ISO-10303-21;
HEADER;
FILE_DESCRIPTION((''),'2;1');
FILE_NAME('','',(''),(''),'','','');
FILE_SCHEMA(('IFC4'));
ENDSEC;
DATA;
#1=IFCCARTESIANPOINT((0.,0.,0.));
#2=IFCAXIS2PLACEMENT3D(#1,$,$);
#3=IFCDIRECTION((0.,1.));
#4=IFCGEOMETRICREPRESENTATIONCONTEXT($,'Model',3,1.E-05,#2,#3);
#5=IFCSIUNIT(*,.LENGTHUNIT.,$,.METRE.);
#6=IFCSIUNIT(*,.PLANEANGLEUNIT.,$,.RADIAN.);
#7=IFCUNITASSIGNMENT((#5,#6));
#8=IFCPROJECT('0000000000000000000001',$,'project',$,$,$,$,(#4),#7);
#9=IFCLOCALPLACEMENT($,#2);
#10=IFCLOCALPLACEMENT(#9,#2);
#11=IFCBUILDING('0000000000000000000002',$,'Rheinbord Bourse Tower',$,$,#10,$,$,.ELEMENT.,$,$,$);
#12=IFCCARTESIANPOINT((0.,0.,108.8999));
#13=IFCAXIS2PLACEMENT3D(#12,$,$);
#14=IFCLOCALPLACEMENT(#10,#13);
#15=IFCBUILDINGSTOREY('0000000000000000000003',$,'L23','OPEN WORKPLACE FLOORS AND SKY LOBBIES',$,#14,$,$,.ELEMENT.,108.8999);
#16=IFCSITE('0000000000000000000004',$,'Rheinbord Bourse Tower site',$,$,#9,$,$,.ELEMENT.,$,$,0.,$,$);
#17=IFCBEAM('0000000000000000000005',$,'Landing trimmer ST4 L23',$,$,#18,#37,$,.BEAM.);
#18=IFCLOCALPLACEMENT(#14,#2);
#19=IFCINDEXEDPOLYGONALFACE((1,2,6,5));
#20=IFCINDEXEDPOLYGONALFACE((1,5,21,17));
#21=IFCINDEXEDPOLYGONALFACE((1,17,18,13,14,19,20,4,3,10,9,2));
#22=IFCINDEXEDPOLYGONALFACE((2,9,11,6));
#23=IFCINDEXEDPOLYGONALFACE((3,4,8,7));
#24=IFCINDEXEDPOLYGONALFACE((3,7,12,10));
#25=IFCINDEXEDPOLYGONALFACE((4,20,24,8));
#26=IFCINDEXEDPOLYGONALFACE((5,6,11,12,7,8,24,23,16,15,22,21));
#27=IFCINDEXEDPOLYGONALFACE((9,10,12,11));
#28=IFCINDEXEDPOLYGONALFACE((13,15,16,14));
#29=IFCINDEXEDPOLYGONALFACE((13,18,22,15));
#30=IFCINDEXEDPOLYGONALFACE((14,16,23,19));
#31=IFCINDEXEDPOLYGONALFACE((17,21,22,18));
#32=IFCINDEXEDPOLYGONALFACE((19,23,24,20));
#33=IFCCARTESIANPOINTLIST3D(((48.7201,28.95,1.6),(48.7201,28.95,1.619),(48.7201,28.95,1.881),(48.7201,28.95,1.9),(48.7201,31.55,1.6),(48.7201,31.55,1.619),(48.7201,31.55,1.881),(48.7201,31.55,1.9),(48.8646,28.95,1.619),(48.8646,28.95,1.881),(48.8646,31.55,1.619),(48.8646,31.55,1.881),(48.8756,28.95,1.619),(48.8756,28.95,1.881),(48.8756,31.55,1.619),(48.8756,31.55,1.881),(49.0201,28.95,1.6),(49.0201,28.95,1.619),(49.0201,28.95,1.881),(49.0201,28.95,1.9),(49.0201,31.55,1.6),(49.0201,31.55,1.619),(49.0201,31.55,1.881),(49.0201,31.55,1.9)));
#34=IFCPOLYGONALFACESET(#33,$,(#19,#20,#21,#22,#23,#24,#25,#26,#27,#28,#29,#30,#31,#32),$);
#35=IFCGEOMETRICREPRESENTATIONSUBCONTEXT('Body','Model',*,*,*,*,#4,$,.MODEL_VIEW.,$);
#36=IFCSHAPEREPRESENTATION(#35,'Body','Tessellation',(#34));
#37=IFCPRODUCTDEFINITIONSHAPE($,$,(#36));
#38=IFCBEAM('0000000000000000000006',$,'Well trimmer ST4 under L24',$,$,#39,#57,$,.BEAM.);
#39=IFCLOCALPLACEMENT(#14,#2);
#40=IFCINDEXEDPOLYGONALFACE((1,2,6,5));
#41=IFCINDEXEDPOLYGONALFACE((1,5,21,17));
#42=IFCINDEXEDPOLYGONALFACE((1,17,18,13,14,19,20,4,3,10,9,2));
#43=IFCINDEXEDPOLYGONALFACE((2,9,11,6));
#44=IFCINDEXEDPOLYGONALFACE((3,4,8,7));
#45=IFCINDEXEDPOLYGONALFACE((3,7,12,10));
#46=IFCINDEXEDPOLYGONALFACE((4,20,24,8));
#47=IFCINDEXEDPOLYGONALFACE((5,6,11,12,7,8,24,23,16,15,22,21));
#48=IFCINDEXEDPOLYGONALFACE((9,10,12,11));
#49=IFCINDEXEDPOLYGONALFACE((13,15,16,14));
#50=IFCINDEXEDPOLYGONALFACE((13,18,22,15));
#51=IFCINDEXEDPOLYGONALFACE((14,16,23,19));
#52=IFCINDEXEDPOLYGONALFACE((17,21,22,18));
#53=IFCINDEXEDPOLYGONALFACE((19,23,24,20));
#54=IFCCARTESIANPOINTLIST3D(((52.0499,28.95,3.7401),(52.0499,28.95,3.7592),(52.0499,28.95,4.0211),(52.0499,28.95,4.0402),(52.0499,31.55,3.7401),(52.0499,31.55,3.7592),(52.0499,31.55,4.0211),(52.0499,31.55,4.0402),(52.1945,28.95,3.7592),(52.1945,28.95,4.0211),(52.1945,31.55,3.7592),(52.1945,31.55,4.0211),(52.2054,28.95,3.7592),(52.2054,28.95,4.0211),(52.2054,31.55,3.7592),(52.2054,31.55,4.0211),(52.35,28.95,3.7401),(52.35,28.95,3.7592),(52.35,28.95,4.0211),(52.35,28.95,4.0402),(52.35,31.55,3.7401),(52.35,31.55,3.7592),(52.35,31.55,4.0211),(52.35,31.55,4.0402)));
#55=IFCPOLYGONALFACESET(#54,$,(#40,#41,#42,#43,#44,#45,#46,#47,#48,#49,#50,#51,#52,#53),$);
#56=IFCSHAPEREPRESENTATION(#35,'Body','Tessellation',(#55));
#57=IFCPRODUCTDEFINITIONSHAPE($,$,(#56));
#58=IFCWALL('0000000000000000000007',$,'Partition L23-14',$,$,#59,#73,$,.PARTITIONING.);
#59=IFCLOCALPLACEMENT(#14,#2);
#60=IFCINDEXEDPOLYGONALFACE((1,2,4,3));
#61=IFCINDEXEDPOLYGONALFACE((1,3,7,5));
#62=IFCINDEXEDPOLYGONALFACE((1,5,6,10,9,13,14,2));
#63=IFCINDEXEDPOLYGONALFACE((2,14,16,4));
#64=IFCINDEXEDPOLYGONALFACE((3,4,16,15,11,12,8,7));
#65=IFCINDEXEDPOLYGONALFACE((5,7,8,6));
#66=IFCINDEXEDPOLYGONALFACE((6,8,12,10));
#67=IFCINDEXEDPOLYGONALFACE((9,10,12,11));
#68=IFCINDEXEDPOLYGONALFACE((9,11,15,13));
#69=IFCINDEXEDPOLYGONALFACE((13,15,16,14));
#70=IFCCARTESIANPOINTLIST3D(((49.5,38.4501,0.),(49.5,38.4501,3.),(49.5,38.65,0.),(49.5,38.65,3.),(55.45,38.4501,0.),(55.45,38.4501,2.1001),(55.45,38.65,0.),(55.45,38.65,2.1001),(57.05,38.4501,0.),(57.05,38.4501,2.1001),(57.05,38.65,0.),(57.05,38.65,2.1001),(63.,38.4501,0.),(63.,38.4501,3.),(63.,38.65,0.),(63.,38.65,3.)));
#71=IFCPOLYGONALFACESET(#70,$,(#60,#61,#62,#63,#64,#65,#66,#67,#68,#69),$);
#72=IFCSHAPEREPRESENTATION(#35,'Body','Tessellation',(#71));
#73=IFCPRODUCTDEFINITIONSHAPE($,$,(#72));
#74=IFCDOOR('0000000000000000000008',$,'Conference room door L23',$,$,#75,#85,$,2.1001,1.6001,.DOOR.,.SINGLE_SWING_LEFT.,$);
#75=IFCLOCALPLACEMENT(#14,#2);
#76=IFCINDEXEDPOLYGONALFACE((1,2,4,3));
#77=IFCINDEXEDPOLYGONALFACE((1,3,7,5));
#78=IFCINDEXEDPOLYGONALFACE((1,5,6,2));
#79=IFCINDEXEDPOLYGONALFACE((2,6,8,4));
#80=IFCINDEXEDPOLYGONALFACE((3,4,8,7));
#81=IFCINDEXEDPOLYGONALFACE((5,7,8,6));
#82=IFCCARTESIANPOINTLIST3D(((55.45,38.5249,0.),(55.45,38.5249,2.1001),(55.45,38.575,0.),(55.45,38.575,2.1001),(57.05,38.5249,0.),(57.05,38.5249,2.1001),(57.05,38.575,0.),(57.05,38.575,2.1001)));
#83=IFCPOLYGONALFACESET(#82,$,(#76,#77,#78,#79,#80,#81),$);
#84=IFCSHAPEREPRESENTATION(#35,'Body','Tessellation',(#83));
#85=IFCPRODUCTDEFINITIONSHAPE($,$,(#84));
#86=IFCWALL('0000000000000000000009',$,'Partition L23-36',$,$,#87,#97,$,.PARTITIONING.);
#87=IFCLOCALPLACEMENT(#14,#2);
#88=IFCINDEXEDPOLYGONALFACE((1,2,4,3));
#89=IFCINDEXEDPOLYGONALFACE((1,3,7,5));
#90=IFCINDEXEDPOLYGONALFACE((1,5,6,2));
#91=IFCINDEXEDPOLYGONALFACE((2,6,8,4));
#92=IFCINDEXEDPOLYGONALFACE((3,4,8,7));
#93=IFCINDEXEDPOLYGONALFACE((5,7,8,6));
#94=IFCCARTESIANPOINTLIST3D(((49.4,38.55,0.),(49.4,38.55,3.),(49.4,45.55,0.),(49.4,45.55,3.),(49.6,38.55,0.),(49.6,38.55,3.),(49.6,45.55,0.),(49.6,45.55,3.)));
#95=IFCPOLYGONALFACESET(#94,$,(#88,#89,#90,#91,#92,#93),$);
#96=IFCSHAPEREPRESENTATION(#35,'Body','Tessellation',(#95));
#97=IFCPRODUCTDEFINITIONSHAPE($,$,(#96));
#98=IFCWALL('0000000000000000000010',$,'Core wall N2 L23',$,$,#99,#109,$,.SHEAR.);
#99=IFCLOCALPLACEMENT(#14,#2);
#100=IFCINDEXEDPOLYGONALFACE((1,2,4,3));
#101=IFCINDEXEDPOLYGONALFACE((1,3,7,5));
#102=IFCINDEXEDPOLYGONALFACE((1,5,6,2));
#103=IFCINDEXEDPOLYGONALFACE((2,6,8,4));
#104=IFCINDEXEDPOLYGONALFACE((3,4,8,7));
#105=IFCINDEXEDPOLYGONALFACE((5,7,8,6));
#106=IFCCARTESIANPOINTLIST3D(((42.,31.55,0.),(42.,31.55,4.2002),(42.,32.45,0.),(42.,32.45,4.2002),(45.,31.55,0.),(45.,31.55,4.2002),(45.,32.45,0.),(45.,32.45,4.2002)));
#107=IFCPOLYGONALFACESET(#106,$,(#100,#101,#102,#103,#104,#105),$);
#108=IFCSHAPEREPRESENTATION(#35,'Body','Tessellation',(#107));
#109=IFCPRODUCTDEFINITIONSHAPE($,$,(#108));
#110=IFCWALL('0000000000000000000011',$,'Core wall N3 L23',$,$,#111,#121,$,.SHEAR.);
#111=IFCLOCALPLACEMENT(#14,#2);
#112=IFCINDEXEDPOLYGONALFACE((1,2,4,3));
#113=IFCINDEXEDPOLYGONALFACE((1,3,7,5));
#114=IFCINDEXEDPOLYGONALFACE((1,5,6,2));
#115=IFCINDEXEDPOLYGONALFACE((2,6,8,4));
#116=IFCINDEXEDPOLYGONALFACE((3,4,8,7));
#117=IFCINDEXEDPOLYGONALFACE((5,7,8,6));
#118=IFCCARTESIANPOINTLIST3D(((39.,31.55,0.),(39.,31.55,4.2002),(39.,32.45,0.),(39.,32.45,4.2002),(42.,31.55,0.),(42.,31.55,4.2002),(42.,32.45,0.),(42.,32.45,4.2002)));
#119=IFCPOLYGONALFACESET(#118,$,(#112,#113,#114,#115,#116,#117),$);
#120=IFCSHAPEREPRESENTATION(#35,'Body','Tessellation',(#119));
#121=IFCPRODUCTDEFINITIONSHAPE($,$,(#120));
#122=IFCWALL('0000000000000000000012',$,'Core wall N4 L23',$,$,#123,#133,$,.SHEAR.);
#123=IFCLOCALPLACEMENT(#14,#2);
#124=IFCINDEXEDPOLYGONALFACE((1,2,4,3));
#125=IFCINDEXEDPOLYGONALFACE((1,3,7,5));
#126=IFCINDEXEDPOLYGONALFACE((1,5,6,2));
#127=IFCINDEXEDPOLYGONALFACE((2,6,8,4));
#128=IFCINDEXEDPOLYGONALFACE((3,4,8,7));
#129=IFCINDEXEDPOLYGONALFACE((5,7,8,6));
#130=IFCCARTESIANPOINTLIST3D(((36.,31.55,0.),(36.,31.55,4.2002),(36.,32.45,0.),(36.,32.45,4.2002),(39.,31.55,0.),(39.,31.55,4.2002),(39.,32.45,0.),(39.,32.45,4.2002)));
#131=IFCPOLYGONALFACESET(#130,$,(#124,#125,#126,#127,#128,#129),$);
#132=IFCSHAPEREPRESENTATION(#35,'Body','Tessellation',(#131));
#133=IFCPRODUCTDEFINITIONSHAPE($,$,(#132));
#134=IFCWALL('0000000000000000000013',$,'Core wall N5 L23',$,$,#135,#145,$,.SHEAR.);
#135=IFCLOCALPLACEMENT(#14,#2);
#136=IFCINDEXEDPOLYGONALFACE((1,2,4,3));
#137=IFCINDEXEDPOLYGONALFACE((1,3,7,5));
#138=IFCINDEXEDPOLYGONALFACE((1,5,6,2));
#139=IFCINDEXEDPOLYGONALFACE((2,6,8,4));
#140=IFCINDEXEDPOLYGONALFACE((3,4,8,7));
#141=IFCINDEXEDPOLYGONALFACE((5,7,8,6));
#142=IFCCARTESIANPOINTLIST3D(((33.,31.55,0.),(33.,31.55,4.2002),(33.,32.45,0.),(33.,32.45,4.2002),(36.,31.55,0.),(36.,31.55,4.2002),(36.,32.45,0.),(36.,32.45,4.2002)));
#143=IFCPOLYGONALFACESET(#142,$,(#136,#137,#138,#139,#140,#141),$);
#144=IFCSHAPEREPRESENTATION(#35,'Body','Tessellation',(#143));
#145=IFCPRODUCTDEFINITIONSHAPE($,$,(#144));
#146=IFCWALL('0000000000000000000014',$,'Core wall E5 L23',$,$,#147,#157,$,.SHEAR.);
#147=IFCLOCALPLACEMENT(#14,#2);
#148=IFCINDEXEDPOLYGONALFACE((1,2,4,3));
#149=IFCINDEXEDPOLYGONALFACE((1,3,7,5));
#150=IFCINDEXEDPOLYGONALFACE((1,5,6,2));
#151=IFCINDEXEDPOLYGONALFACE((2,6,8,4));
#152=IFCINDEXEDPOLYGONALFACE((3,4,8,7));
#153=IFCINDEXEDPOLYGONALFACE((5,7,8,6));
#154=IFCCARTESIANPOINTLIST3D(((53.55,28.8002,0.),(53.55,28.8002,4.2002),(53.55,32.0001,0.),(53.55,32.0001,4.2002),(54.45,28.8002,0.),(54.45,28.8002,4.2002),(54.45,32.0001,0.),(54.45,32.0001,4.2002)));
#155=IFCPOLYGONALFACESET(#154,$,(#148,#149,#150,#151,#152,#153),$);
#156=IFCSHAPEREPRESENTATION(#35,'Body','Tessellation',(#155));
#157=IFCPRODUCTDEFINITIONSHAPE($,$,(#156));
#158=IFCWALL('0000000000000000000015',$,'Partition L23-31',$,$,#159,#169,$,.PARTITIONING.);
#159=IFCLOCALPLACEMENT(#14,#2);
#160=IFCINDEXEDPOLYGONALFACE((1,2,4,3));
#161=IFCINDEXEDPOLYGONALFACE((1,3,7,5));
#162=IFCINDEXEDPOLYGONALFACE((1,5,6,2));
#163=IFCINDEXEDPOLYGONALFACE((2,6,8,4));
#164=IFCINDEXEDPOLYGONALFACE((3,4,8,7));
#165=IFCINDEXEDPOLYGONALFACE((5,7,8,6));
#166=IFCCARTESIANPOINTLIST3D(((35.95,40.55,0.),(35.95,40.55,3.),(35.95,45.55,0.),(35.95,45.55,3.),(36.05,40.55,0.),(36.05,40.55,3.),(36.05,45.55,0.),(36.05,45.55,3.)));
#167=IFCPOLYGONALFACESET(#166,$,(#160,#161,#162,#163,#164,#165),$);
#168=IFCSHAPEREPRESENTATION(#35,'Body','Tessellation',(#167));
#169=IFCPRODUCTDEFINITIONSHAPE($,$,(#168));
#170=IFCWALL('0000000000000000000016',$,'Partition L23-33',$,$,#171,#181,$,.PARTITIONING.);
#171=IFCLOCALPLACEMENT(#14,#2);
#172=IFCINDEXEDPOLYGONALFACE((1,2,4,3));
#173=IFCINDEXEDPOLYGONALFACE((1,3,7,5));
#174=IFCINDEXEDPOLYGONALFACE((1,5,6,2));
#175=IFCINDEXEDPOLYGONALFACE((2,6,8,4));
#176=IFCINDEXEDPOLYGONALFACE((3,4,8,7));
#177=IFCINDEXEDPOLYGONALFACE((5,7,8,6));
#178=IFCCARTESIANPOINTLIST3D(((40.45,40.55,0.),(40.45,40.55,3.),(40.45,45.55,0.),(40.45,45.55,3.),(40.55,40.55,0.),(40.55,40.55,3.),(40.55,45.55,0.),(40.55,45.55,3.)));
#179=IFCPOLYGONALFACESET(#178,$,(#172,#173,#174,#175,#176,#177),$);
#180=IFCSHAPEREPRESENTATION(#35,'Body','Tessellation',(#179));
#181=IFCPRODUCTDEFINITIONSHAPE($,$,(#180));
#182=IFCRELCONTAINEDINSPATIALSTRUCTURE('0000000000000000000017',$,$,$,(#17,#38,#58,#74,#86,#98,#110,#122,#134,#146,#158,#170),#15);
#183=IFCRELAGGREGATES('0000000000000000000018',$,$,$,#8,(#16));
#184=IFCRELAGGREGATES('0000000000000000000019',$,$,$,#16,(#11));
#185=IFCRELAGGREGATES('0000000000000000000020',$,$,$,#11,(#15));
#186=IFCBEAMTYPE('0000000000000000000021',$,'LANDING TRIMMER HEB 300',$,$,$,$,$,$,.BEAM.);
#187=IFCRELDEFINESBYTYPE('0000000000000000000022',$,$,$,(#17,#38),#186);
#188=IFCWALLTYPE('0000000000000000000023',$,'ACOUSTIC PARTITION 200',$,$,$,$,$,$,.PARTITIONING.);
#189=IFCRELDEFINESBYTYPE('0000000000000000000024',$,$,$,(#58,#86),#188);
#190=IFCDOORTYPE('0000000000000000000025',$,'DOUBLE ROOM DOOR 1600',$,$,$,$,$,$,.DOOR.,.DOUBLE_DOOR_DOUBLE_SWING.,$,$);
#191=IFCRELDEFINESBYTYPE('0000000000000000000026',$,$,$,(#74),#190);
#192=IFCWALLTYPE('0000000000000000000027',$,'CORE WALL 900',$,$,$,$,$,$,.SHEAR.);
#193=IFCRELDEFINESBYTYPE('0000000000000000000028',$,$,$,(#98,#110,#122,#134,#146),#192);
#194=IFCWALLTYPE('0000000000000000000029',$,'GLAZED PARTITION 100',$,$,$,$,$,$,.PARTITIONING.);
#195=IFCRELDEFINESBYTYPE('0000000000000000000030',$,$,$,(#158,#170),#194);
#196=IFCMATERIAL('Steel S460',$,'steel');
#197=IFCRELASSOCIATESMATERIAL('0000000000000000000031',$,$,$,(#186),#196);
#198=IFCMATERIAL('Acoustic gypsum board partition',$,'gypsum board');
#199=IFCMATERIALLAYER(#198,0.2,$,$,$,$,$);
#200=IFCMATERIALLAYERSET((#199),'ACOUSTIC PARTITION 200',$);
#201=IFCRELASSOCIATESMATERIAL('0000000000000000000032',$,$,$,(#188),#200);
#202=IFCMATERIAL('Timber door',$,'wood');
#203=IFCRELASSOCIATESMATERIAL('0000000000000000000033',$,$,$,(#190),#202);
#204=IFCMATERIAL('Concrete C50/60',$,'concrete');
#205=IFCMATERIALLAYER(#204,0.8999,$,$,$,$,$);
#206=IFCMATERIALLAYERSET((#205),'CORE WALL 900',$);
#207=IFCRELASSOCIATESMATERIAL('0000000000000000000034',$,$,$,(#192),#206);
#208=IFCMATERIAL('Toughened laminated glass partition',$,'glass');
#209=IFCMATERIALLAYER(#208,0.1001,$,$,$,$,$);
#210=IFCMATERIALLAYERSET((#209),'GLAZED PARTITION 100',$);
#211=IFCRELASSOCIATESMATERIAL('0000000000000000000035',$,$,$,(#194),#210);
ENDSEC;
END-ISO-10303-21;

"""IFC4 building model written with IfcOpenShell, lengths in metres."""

from ifc_helpers import new_model, si_unit, direction, frame, frame_2d, origin, origin_2d, place, context, subcontext, project, spatial, rectangle, i_section, extrude, material, layer, layer_set, material_profile, profile_set, type_object, element, fill, save


model = new_model("IFC4")

# Units and contexts
model_context = context("Model", 3, precision=1e-05, world=origin(), true_north=direction((0.0, 1.0)))
body_context = subcontext(model_context, "Body", "Model", "MODEL_VIEW")
ifc_project = project(units=[si_unit("LENGTHUNIT", "METRE"), si_unit("PLANEANGLEUNIT", "RADIAN")], contexts=[model_context])

# Site, building, storey
site_placement = place(None, origin())
site = spatial("IfcSite", under=ifc_project, at=site_placement, Name="Rheinbord Bourse Tower site", CompositionType="ELEMENT", RefElevation=0.0)
building_placement = place(site_placement, origin())
building = spatial("IfcBuilding", under=site, at=building_placement, Name="Rheinbord Bourse Tower", CompositionType="ELEMENT")
storey_placement = place(building_placement, frame((0.0, 0.0, 108.8999)))
storey = spatial("IfcBuildingStorey", under=building, at=storey_placement, Name="L23", Description="OPEN WORKPLACE FLOORS AND SKY LOBBIES", CompositionType="ELEMENT", Elevation=108.8999)

# Beams
ifc_material_1 = material(Name="Steel S460", Category="steel")
ifc_material_profile = material_profile(ifc_material_1, i_section(OverallWidth=0.3, OverallDepth=0.3, WebThickness=0.011, FlangeThickness=0.019, at=origin_2d()), Name="HEB 300")
ifc_profile_set = profile_set([ifc_material_profile], Name="Steel S460")
beam_type = type_object("IfcBeamType", Name="LANDING TRIMMER HEB 300", PredefinedType="BEAM", material=ifc_profile_set)
for number, where, z_axis, x_axis, name in (
    (1, (48.8701, 28.95, 1.75), (0.0, 1.0, 0.0), (-1.0, 0.0, 0.0), "Landing trimmer ST4 L23"),
    (2, (52.2, 28.95, 3.8901), (0.0, 1.0, 0.0), (-1.0, 0.0, 0.0), "Well trimmer ST4 under L24"),
):
    element("IfcBeam", number, at=place(storey_placement, frame(where, z_axis=z_axis, x_axis=x_axis)), inside=storey, type_object=beam_type, Name=name, PredefinedType="BEAM", context=body_context, shape_type="SweptSolid", body=[
        extrude(i_section(OverallWidth=0.3, OverallDepth=0.3, WebThickness=0.011, FlangeThickness=0.019, at=origin_2d()), origin(), (0.0, 0.0, 1.0), 2.6001),
    ])

# Wall, opening, door
ifc_material_2 = material(Name="Acoustic gypsum board partition", Category="gypsum board")
ifc_layer_1 = layer(ifc_material_2, 0.2)
ifc_layer_set_1 = layer_set([ifc_layer_1], Name="ACOUSTIC PARTITION 200")
wall_type_1 = type_object("IfcWallType", Name="ACOUSTIC PARTITION 200", PredefinedType="PARTITIONING", material=ifc_layer_set_1)
wall_1_placement = place(storey_placement, frame((49.5, 38.55, 0.0), z_axis=(0.0, 0.0, 1.0), x_axis=(1.0, 0.0, 0.0)))
wall_1 = element("IfcWall", 3, at=wall_1_placement, inside=storey, type_object=wall_type_1, Name="Partition L23-14", PredefinedType="PARTITIONING", context=body_context, shape_type="SweptSolid", body=[
    extrude(rectangle(XDim=13.5, YDim=0.2, at=frame_2d((6.75, 0.0))), origin(), (0.0, 0.0, 1.0), 3.0),
])
opening_1_placement = place(wall_1_placement, frame((5.95, 0.0, 0.0)))
opening_1 = element("IfcOpeningElement", 4, at=opening_1_placement, cuts=wall_1, PredefinedType="OPENING", context=body_context, shape_type="SweptSolid", body=[
    extrude(rectangle(XDim=1.6001, YDim=2.1001, at=frame_2d((0.8, 1.05))), frame((0.0, 0.1099, 0.0), z_axis=(0.0, -1.0, 0.0), x_axis=(1.0, 0.0, 0.0)), (0.0, 0.0, 1.0), 0.22),
])
ifc_material_3 = material(Name="Timber door", Category="wood")
door_type = type_object("IfcDoorType", Name="DOUBLE ROOM DOOR 1600", OperationType="DOUBLE_DOOR_DOUBLE_SWING", PredefinedType="DOOR", material=ifc_material_3)
door_1_placement = place(opening_1_placement, origin())
door_1 = element("IfcDoor", 5, at=door_1_placement, inside=storey, type_object=door_type, Name="Conference room door L23", OperationType="SINGLE_SWING_LEFT", OverallHeight=2.1001, OverallWidth=1.6001, PredefinedType="DOOR", context=body_context, shape_type="SweptSolid", body=[
    extrude(rectangle(XDim=1.6001, YDim=2.1001, at=frame_2d((0.8, 1.05))), frame((0.0, 0.0249, 0.0), z_axis=(0.0, -1.0, 0.0), x_axis=(1.0, 0.0, 0.0)), (0.0, 0.0, 1.0), 0.05),
])
fill(opening_1, door_1)

# Walls
wall_2_placement = place(storey_placement, frame((49.5, 38.55, 0.0), z_axis=(0.0, 0.0, 1.0), x_axis=(0.0, 1.0, 0.0)))
element("IfcWall", 6, at=wall_2_placement, inside=storey, type_object=wall_type_1, Name="Partition L23-36", PredefinedType="PARTITIONING", context=body_context, shape_type="SweptSolid", body=[
    extrude(rectangle(XDim=7.0, YDim=0.2, at=frame_2d((3.5, 0.0))), origin(), (0.0, 0.0, 1.0), 3.0),
])
ifc_material_4 = material(Name="Concrete C50/60", Category="concrete")
ifc_layer_2 = layer(ifc_material_4, 0.8999)
ifc_layer_set_2 = layer_set([ifc_layer_2], Name="CORE WALL 900")
wall_type_2 = type_object("IfcWallType", Name="CORE WALL 900", PredefinedType="SHEAR", material=ifc_layer_set_2)
for number, where, z_axis, x_axis, name in (
    (7, (45.0, 32.0, 0.0), (0.0, 0.0, 1.0), (-1.0, 0.0, 0.0), "Core wall N2 L23"),
    (8, (42.0, 32.0, 0.0), (0.0, 0.0, 1.0), (-1.0, 0.0, 0.0), "Core wall N3 L23"),
    (9, (39.0, 32.0, 0.0), (0.0, 0.0, 1.0), (-1.0, 0.0, 0.0), "Core wall N4 L23"),
    (10, (36.0, 32.0, 0.0), (0.0, 0.0, 1.0), (-1.0, 0.0, 0.0), "Core wall N5 L23"),
):
    element("IfcWall", number, at=place(storey_placement, frame(where, z_axis=z_axis, x_axis=x_axis)), inside=storey, type_object=wall_type_2, Name=name, PredefinedType="SHEAR", context=body_context, shape_type="SweptSolid", body=[
        extrude(rectangle(XDim=3.0, YDim=0.8999, at=frame_2d((1.5, 0.0))), origin(), (0.0, 0.0, 1.0), 4.2002),
    ])
wall_3_placement = place(storey_placement, frame((54.0, 28.8, 0.0), z_axis=(0.0, 0.0, 1.0), x_axis=(0.0, 1.0, 0.0)))
element("IfcWall", 11, at=wall_3_placement, inside=storey, type_object=wall_type_2, Name="Core wall E5 L23", PredefinedType="SHEAR", context=body_context, shape_type="SweptSolid", body=[
    extrude(rectangle(XDim=3.2, YDim=0.8999, at=frame_2d((1.6001, 0.0))), origin(), (0.0, 0.0, 1.0), 4.2002),
])
ifc_material_5 = material(Name="Toughened laminated glass partition", Category="glass")
ifc_layer_3 = layer(ifc_material_5, 0.1001)
ifc_layer_set_3 = layer_set([ifc_layer_3], Name="GLAZED PARTITION 100")
wall_type_3 = type_object("IfcWallType", Name="GLAZED PARTITION 100", PredefinedType="PARTITIONING", material=ifc_layer_set_3)
for number, where, z_axis, x_axis, name in (
    (12, (36.0, 40.55, 0.0), (0.0, 0.0, 1.0), (0.0, 1.0, 0.0), "Partition L23-31"),
    (13, (40.5, 40.55, 0.0), (0.0, 0.0, 1.0), (0.0, 1.0, 0.0), "Partition L23-33"),
):
    element("IfcWall", number, at=place(storey_placement, frame(where, z_axis=z_axis, x_axis=x_axis)), inside=storey, type_object=wall_type_3, Name=name, PredefinedType="PARTITIONING", context=body_context, shape_type="SweptSolid", body=[
        extrude(rectangle(XDim=5.0, YDim=0.1001, at=frame_2d((2.5, 0.0))), origin(), (0.0, 0.0, 1.0), 3.0),
    ])

save(model, "model.ifc")
